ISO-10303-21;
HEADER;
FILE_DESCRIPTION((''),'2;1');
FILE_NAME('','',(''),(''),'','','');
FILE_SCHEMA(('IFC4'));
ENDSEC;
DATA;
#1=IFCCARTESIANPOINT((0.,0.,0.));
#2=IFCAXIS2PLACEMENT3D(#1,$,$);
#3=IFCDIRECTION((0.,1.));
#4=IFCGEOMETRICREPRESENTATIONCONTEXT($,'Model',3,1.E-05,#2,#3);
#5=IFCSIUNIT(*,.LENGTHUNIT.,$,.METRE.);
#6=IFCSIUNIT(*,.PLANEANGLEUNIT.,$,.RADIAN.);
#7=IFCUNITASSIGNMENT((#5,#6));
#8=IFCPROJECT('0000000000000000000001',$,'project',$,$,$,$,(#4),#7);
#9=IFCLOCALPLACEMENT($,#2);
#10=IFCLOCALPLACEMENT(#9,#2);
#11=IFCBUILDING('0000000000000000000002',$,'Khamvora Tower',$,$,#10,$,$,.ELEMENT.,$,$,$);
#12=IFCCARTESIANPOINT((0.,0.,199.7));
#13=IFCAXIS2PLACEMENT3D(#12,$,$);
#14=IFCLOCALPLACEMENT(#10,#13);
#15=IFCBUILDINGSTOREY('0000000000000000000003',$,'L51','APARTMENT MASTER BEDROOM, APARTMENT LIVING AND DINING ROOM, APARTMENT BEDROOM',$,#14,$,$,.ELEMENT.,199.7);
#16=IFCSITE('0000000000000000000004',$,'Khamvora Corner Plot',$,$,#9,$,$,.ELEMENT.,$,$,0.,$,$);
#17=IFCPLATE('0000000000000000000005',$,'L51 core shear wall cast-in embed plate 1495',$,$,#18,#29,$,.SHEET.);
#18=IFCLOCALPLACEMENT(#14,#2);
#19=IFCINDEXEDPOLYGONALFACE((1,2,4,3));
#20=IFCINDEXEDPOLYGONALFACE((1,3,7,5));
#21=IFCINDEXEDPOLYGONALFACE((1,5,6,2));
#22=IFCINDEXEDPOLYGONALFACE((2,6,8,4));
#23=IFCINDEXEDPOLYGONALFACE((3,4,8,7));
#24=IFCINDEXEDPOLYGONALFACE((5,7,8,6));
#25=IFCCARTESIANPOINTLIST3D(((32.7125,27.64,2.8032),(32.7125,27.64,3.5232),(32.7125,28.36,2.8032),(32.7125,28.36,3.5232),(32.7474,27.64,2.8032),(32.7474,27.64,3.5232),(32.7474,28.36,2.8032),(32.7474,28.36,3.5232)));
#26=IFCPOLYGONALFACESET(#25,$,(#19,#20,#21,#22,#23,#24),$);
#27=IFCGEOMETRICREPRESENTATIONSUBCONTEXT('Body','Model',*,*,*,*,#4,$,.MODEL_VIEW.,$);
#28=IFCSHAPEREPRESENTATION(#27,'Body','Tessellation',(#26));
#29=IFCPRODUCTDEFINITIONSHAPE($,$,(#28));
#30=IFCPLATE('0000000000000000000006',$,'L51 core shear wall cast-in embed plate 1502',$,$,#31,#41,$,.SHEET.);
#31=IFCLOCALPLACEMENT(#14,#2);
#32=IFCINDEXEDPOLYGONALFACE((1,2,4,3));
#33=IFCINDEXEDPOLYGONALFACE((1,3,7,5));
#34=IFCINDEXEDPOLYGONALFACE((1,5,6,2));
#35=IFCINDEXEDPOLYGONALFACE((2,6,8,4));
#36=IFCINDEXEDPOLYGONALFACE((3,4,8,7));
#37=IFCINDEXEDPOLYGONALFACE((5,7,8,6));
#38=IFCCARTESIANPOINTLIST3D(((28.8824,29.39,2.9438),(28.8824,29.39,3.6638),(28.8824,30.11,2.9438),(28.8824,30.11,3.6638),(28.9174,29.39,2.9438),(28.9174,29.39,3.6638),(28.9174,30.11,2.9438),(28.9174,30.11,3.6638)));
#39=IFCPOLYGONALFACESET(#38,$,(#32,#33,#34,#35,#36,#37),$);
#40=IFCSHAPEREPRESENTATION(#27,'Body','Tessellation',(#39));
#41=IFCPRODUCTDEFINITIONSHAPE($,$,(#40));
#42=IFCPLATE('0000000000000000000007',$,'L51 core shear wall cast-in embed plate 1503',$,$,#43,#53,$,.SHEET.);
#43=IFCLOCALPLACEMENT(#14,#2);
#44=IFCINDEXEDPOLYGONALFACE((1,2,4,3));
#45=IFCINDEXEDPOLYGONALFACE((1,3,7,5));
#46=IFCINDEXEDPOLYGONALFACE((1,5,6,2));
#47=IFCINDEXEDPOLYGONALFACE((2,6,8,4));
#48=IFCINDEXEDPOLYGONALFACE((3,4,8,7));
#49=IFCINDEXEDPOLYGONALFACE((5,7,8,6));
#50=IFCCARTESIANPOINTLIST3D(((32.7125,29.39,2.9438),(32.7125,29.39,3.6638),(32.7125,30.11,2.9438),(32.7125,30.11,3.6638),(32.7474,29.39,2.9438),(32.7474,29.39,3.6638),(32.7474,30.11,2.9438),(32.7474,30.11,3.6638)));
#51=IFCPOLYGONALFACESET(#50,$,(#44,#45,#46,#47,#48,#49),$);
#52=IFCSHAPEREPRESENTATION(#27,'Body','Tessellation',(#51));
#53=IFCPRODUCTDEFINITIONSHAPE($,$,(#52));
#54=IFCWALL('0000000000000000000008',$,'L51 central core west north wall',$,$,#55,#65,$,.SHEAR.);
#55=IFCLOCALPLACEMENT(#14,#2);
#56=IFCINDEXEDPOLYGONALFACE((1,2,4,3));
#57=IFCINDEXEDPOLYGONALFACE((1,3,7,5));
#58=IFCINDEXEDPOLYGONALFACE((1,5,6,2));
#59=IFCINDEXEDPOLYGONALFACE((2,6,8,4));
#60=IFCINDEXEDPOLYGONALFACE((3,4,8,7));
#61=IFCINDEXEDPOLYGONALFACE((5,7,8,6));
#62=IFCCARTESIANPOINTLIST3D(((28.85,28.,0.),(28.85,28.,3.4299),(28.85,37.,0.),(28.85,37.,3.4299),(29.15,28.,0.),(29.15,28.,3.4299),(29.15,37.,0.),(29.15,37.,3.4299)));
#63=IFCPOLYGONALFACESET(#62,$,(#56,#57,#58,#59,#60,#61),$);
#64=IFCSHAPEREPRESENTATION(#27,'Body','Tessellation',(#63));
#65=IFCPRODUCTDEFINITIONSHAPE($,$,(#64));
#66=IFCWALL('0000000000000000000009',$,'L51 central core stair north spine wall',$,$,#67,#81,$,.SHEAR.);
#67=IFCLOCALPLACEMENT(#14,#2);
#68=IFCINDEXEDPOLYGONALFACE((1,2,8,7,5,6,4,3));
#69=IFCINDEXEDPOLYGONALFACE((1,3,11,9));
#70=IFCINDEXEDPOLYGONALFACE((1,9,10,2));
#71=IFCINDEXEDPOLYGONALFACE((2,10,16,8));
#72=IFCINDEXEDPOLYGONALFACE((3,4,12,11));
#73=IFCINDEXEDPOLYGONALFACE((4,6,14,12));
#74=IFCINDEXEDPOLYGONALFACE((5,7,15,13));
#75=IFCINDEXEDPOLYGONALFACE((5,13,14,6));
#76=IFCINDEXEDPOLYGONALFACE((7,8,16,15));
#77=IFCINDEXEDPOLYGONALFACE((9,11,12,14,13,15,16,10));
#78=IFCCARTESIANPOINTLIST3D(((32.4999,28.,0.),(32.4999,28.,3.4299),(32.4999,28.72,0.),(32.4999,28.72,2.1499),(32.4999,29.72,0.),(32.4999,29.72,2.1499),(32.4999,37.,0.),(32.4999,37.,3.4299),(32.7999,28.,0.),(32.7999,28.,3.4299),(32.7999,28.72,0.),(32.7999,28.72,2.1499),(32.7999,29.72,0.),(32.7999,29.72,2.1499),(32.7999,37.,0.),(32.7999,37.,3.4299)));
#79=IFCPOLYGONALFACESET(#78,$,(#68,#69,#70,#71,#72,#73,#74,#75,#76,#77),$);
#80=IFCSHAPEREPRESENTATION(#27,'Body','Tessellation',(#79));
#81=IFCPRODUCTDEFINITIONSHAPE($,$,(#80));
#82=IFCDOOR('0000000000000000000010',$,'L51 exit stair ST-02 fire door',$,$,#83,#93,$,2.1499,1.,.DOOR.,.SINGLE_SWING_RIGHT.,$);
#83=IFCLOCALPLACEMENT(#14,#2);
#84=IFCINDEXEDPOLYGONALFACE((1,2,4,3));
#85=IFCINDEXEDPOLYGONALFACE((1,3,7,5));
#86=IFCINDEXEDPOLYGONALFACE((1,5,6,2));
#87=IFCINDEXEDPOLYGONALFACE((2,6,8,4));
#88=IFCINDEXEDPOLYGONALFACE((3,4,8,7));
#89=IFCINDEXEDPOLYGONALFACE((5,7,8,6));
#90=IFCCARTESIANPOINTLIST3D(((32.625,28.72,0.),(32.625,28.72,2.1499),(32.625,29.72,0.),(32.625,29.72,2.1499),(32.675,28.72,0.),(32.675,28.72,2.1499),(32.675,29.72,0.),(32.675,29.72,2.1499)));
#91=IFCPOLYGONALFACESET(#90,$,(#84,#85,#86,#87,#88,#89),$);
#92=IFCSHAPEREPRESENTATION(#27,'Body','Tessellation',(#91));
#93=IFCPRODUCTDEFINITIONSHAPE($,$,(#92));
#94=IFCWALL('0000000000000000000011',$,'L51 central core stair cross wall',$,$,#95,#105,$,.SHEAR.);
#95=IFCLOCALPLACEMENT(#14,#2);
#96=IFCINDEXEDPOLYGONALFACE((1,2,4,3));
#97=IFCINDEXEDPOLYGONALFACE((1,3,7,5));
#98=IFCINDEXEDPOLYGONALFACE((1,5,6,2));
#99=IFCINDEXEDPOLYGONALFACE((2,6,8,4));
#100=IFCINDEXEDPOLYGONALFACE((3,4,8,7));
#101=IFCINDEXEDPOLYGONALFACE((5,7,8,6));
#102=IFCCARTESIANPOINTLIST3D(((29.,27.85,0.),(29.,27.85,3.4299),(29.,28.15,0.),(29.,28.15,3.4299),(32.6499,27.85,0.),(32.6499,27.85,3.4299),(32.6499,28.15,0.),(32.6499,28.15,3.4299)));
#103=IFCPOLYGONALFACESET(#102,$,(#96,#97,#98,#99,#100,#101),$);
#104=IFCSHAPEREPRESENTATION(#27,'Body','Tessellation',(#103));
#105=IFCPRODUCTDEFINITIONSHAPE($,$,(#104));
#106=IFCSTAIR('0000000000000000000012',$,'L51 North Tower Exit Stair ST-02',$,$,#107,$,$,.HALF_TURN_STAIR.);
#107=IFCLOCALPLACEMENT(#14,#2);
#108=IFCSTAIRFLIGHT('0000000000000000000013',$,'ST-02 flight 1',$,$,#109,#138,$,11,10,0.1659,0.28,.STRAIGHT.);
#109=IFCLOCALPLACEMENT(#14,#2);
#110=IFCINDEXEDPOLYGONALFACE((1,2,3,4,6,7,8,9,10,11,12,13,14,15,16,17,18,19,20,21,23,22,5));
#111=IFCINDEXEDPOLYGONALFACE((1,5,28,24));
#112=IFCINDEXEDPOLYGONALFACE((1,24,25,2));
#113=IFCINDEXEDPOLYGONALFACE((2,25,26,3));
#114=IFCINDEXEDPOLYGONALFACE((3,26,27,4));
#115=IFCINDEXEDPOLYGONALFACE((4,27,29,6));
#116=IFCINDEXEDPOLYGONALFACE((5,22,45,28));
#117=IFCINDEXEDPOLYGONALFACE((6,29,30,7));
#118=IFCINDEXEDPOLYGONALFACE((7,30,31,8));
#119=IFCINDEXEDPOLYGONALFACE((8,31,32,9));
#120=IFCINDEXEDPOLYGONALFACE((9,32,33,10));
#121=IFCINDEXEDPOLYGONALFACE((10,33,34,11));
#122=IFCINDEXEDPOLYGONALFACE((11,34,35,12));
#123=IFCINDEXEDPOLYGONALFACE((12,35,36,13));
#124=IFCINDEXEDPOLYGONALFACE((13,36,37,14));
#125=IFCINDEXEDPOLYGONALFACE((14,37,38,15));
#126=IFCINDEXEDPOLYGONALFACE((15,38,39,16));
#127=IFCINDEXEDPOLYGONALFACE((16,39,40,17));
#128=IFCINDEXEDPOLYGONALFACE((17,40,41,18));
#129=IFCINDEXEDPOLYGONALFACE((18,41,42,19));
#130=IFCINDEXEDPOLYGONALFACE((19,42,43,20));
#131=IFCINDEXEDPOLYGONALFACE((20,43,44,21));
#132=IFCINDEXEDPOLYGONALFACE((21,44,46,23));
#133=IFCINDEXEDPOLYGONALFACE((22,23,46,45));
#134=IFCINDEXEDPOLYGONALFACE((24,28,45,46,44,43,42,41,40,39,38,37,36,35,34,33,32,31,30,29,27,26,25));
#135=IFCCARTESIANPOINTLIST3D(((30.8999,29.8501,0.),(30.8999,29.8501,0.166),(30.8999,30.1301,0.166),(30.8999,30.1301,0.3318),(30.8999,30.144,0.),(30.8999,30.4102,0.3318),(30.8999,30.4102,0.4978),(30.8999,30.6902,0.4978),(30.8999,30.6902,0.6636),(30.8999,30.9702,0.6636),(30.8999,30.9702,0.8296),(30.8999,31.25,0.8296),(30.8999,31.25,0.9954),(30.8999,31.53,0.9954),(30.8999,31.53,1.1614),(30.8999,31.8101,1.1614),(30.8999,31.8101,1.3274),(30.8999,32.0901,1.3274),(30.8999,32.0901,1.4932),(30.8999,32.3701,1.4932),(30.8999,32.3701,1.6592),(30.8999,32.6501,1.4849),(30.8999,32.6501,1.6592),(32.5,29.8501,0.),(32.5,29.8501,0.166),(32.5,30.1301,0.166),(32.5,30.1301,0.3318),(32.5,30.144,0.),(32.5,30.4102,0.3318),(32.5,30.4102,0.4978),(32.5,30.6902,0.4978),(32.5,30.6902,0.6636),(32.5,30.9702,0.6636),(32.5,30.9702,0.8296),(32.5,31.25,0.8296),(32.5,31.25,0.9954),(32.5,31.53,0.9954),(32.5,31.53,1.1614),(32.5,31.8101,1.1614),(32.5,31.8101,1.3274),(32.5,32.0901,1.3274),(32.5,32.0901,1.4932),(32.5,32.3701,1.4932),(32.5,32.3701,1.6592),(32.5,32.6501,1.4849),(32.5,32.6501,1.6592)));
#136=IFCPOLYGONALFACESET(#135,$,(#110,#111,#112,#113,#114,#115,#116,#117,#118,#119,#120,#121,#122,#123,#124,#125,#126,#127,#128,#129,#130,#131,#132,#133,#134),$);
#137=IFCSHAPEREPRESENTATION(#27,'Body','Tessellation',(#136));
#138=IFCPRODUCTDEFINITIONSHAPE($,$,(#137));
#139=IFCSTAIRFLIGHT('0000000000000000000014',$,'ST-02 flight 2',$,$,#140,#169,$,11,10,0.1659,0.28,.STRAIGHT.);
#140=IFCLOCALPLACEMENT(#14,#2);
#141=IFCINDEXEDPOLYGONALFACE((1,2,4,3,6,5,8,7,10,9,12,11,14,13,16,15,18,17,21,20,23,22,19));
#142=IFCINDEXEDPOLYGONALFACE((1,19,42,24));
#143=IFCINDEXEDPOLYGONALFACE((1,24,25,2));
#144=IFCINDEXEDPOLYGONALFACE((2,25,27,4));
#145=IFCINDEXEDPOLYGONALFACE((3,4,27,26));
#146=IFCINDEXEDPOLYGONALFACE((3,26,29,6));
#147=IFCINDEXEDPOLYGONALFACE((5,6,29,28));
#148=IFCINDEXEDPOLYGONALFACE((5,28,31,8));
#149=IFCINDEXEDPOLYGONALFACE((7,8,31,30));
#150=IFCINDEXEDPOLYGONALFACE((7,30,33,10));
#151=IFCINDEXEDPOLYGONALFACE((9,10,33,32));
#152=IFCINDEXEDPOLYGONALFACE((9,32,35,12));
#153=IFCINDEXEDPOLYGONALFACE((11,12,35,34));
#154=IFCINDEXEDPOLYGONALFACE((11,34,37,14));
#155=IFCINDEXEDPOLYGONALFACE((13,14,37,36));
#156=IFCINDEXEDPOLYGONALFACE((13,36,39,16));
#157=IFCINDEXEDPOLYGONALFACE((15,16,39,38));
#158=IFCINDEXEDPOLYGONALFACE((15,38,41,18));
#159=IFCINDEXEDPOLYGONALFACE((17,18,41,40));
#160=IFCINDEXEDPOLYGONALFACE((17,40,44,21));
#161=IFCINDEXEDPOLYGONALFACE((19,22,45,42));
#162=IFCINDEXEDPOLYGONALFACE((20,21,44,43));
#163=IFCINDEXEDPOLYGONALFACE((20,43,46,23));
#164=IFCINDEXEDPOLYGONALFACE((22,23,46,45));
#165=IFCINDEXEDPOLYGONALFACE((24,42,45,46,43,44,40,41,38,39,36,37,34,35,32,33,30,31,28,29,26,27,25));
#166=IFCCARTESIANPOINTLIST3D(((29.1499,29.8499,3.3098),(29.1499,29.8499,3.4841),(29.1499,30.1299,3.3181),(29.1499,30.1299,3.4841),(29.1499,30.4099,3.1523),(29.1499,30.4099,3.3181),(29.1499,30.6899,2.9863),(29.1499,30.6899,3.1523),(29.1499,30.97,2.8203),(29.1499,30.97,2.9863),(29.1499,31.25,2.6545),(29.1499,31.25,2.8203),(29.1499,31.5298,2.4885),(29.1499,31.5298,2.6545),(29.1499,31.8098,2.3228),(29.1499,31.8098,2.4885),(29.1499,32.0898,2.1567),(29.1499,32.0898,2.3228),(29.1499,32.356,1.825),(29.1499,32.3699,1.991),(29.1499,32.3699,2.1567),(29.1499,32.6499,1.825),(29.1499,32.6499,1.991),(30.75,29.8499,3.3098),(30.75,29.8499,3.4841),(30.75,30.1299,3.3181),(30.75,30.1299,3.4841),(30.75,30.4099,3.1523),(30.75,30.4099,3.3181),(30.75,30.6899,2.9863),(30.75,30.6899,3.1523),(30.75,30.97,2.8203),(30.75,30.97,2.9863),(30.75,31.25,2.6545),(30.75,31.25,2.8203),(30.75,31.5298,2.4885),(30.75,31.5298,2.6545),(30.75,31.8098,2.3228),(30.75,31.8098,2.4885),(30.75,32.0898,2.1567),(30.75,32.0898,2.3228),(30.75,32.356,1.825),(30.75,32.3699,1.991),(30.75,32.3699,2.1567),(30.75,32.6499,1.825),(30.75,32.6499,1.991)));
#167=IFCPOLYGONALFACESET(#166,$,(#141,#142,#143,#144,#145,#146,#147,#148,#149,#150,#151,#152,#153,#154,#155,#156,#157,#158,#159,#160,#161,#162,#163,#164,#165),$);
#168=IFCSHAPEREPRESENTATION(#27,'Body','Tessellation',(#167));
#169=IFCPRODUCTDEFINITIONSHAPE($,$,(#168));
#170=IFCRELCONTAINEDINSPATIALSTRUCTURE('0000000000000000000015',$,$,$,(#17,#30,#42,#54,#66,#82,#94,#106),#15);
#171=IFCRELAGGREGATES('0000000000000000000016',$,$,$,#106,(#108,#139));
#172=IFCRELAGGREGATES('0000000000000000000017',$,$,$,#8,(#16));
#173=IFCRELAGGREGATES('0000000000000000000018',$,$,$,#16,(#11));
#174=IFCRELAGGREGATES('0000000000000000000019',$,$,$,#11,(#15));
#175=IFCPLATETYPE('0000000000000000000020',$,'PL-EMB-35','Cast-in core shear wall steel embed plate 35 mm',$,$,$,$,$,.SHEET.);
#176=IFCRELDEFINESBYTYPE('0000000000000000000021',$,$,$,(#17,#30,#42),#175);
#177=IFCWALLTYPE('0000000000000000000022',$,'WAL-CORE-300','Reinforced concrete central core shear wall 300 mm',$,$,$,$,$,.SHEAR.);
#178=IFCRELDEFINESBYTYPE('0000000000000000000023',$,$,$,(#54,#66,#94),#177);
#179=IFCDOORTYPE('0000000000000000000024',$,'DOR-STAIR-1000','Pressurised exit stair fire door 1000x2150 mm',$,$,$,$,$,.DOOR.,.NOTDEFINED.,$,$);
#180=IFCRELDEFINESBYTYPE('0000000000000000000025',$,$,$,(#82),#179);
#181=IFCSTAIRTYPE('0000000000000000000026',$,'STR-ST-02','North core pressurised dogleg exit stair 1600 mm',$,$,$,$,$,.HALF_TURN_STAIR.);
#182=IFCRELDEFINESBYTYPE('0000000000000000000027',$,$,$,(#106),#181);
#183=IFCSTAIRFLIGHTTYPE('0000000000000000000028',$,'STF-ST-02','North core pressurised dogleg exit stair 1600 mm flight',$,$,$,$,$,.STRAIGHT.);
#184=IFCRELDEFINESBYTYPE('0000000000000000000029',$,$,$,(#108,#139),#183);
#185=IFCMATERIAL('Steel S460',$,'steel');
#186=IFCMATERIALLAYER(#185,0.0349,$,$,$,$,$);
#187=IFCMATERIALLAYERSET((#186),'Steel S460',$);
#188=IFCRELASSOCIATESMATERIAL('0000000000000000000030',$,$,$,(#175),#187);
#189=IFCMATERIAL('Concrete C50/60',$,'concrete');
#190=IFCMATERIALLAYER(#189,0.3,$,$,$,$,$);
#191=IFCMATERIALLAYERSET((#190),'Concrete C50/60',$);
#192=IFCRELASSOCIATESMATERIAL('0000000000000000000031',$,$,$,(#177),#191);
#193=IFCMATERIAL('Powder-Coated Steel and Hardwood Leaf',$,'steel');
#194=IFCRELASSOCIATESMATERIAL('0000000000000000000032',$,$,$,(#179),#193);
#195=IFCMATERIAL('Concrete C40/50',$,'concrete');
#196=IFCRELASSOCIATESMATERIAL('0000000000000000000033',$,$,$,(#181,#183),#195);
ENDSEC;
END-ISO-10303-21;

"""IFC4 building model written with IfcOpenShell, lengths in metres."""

from ifc_helpers import new_model, si_unit, direction, frame, frame_2d, origin, origin_2d, place, context, subcontext, project, spatial, polyline, rectangle, outline, extrude, material, layer, layer_set, type_object, element, fill, aggregate, save


model = new_model("IFC4")

# Units and contexts
model_context = context("Model", 3, precision=1e-05, world=origin(), true_north=direction((0.0, 1.0)))
body_context = subcontext(model_context, "Body", "Model", "MODEL_VIEW")
ifc_project = project(units=[si_unit("LENGTHUNIT", "METRE"), si_unit("PLANEANGLEUNIT", "RADIAN")], contexts=[model_context])

# Site, building, storey
site_placement = place(None, origin())
site = spatial("IfcSite", under=ifc_project, at=site_placement, Name="Khamvora Corner Plot", CompositionType="ELEMENT", RefElevation=0.0)
building_placement = place(site_placement, origin())
building = spatial("IfcBuilding", under=site, at=building_placement, Name="Khamvora Tower", CompositionType="ELEMENT")
storey_placement = place(building_placement, frame((0.0, 0.0, 199.7)))
storey = spatial("IfcBuildingStorey", under=building, at=storey_placement, Name="L51", Description="APARTMENT MASTER BEDROOM, APARTMENT LIVING AND DINING ROOM, APARTMENT BEDROOM", CompositionType="ELEMENT", Elevation=199.7)

# Shared definitions
ifc_material_1 = material(Name="Steel S460", Category="steel")

# Plates
ifc_layer_1 = layer(ifc_material_1, 0.0349)
ifc_layer_set_1 = layer_set([ifc_layer_1], Name="Steel S460")
plate_type = type_object("IfcPlateType", Name="PL-EMB-35", Description="Cast-in core shear wall steel embed plate 35 mm", PredefinedType="SHEET", material=ifc_layer_set_1)
for number, where, z_axis, x_axis, name in (
    (1, (32.73, 28.0, 2.8032), (0.0, 0.0, 1.0), (1.0, 0.0, 0.0), "L51 core shear wall cast-in embed plate 1495"),
    (2, (28.8999, 29.75, 2.9438), (0.0, 0.0, 1.0), (1.0, 0.0, 0.0), "L51 core shear wall cast-in embed plate 1502"),
    (3, (32.73, 29.75, 2.9438), (0.0, 0.0, 1.0), (1.0, 0.0, 0.0), "L51 core shear wall cast-in embed plate 1503"),
):
    element("IfcPlate", number, at=place(storey_placement, frame(where, z_axis=z_axis, x_axis=x_axis)), inside=storey, type_object=plate_type, Name=name, PredefinedType="SHEET", context=body_context, shape_type="SweptSolid", body=[
        extrude(rectangle(XDim=0.0349, YDim=0.72, at=origin_2d()), origin(), (0.0, 0.0, 1.0), 0.72),
    ])

# Wall
ifc_material_2 = material(Name="Concrete C50/60", Category="concrete")
ifc_layer_2 = layer(ifc_material_2, 0.3)
ifc_layer_set_2 = layer_set([ifc_layer_2], Name="Concrete C50/60")
wall_type = type_object("IfcWallType", Name="WAL-CORE-300", Description="Reinforced concrete central core shear wall 300 mm", PredefinedType="SHEAR", material=ifc_layer_set_2)
wall_1_placement = place(storey_placement, frame((29.0, 28.0, 0.0), z_axis=(0.0, 0.0, 1.0), x_axis=(0.0, 1.0, 0.0)))
element("IfcWall", 4, at=wall_1_placement, inside=storey, type_object=wall_type, Name="L51 central core west north wall", PredefinedType="SHEAR", context=body_context, shape_type="SweptSolid", body=[
    extrude(rectangle(XDim=9.0, YDim=0.3, at=frame_2d((4.5, 0.0))), origin(), (0.0, 0.0, 1.0), 3.4299),
])

# Wall, opening, door
wall_2_placement = place(storey_placement, frame((32.6499, 28.0, 0.0), z_axis=(0.0, 0.0, 1.0), x_axis=(0.0, 1.0, 0.0)))
wall_2 = element("IfcWall", 5, at=wall_2_placement, inside=storey, type_object=wall_type, Name="L51 central core stair north spine wall", PredefinedType="SHEAR", context=body_context, shape_type="SweptSolid", body=[
    extrude(rectangle(XDim=9.0, YDim=0.3, at=frame_2d((4.5, 0.0))), origin(), (0.0, 0.0, 1.0), 3.4299),
])
opening_placement = place(wall_2_placement, frame((0.72, 0.0, 0.0)))
opening = element("IfcOpeningElement", 6, at=opening_placement, cuts=wall_2, PredefinedType="OPENING", context=body_context, shape_type="SweptSolid", body=[
    extrude(rectangle(XDim=1.0, YDim=2.1499, at=frame_2d((0.5, 1.075))), frame((0.0, 0.1599, 0.0), z_axis=(0.0, -1.0, 0.0), x_axis=(1.0, 0.0, 0.0)), (0.0, 0.0, 1.0), 0.3201),
])
ifc_material_3 = material(Name="Powder-Coated Steel and Hardwood Leaf", Category="steel")
door_type = type_object("IfcDoorType", Name="DOR-STAIR-1000", Description="Pressurised exit stair fire door 1000x2150 mm", OperationType="NOTDEFINED", PredefinedType="DOOR", material=ifc_material_3)
door_placement = place(opening_placement, origin())
door = element("IfcDoor", 7, at=door_placement, inside=storey, type_object=door_type, Name="L51 exit stair ST-02 fire door", OperationType="SINGLE_SWING_RIGHT", OverallHeight=2.1499, OverallWidth=1.0, PredefinedType="DOOR", context=body_context, shape_type="SweptSolid", body=[
    extrude(rectangle(XDim=1.0, YDim=2.1499, at=frame_2d((0.5, 1.075))), frame((0.0, 0.0249, 0.0), z_axis=(0.0, -1.0, 0.0), x_axis=(1.0, 0.0, 0.0)), (0.0, 0.0, 1.0), 0.05),
])
fill(opening, door)

# Wall
wall_3_placement = place(storey_placement, frame((29.0, 28.0, 0.0), z_axis=(0.0, 0.0, 1.0), x_axis=(1.0, 0.0, 0.0)))
element("IfcWall", 8, at=wall_3_placement, inside=storey, type_object=wall_type, Name="L51 central core stair cross wall", PredefinedType="SHEAR", context=body_context, shape_type="SweptSolid", body=[
    extrude(rectangle(XDim=3.6499, YDim=0.3, at=frame_2d((1.825, 0.0))), origin(), (0.0, 0.0, 1.0), 3.4299),
])

# Stair, stair flights
ifc_material_4 = material(Name="Concrete C40/50", Category="concrete")
stair_type = type_object("IfcStairType", Name="STR-ST-02", Description="North core pressurised dogleg exit stair 1600 mm", PredefinedType="HALF_TURN_STAIR", material=ifc_material_4)
stair_placement = place(storey_placement, origin())
stair = element("IfcStair", 9, at=stair_placement, inside=storey, type_object=stair_type, Name="L51 North Tower Exit Stair ST-02", PredefinedType="HALF_TURN_STAIR")
stair_flight_type = type_object("IfcStairFlightType", Name="STF-ST-02", Description="North core pressurised dogleg exit stair 1600 mm flight", PredefinedType="STRAIGHT", material=ifc_material_4)
stair_flight_1_placement = place(storey_placement, frame((31.7, 29.8501, 0.0), z_axis=(0.0, 0.0, 1.0), x_axis=(0.0, 1.0, 0.0)))
stair_flight_1 = element("IfcStairFlight", 10, at=stair_flight_1_placement, type_object=stair_flight_type, Name="ST-02 flight 1", NumberOfRisers=11, NumberOfTreads=10, PredefinedType="STRAIGHT", RiserHeight=0.1659, TreadLength=0.28, context=body_context, shape_type="SweptSolid", body=[
    extrude(outline(polyline([(0.0, 0.0), (0.0, 0.166), (0.28, 0.166), (0.28, 0.3318), (0.5601, 0.3318), (0.5601, 0.4978), (0.8401, 0.4978), (0.8401, 0.6636), (1.1201, 0.6636), (1.1201, 0.8296), (1.3999, 0.8296), (1.3999, 0.9954), (1.6799, 0.9954), (1.6799, 1.1614), (1.96, 1.1614), (1.96, 1.3274), (2.24, 1.3274), (2.24, 1.4932), (2.52, 1.4932), (2.52, 1.6592), (2.8, 1.6592), (2.8, 1.825), (2.8, 1.4849), (0.2939, 0.0), (0.0, 0.0)])), frame((0.0, 0.8, 0.0), z_axis=(0.0, -1.0, 0.0), x_axis=(1.0, 0.0, 0.0)), (0.0, 0.0, 1.0), 1.6001),
])
stair_flight_2_placement = place(storey_placement, frame((29.95, 32.6499, 1.825), z_axis=(0.0, 0.0, 1.0), x_axis=(0.0, -1.0, 0.0)))
stair_flight_2 = element("IfcStairFlight", 11, at=stair_flight_2_placement, type_object=stair_flight_type, Name="ST-02 flight 2", NumberOfRisers=11, NumberOfTreads=10, PredefinedType="STRAIGHT", RiserHeight=0.1659, TreadLength=0.28, context=body_context, shape_type="SweptSolid", body=[
    extrude(outline(polyline([(0.0, 0.0), (0.0, 0.166), (0.28, 0.166), (0.28, 0.3318), (0.5601, 0.3318), (0.5601, 0.4978), (0.8401, 0.4978), (0.8401, 0.6636), (1.1201, 0.6636), (1.1201, 0.8296), (1.3999, 0.8296), (1.3999, 0.9954), (1.6799, 0.9954), (1.6799, 1.1614), (1.96, 1.1614), (1.96, 1.3274), (2.24, 1.3274), (2.24, 1.4932), (2.52, 1.4932), (2.52, 1.6592), (2.8, 1.6592), (2.8, 1.825), (2.8, 1.4849), (0.2939, 0.0), (0.0, 0.0)])), frame((0.0, 0.8, 0.0), z_axis=(0.0, -1.0, 0.0), x_axis=(1.0, 0.0, 0.0)), (0.0, 0.0, 1.0), 1.6001),
])
aggregate(stair, [stair_flight_1, stair_flight_2])

save(model, "model.ifc")
